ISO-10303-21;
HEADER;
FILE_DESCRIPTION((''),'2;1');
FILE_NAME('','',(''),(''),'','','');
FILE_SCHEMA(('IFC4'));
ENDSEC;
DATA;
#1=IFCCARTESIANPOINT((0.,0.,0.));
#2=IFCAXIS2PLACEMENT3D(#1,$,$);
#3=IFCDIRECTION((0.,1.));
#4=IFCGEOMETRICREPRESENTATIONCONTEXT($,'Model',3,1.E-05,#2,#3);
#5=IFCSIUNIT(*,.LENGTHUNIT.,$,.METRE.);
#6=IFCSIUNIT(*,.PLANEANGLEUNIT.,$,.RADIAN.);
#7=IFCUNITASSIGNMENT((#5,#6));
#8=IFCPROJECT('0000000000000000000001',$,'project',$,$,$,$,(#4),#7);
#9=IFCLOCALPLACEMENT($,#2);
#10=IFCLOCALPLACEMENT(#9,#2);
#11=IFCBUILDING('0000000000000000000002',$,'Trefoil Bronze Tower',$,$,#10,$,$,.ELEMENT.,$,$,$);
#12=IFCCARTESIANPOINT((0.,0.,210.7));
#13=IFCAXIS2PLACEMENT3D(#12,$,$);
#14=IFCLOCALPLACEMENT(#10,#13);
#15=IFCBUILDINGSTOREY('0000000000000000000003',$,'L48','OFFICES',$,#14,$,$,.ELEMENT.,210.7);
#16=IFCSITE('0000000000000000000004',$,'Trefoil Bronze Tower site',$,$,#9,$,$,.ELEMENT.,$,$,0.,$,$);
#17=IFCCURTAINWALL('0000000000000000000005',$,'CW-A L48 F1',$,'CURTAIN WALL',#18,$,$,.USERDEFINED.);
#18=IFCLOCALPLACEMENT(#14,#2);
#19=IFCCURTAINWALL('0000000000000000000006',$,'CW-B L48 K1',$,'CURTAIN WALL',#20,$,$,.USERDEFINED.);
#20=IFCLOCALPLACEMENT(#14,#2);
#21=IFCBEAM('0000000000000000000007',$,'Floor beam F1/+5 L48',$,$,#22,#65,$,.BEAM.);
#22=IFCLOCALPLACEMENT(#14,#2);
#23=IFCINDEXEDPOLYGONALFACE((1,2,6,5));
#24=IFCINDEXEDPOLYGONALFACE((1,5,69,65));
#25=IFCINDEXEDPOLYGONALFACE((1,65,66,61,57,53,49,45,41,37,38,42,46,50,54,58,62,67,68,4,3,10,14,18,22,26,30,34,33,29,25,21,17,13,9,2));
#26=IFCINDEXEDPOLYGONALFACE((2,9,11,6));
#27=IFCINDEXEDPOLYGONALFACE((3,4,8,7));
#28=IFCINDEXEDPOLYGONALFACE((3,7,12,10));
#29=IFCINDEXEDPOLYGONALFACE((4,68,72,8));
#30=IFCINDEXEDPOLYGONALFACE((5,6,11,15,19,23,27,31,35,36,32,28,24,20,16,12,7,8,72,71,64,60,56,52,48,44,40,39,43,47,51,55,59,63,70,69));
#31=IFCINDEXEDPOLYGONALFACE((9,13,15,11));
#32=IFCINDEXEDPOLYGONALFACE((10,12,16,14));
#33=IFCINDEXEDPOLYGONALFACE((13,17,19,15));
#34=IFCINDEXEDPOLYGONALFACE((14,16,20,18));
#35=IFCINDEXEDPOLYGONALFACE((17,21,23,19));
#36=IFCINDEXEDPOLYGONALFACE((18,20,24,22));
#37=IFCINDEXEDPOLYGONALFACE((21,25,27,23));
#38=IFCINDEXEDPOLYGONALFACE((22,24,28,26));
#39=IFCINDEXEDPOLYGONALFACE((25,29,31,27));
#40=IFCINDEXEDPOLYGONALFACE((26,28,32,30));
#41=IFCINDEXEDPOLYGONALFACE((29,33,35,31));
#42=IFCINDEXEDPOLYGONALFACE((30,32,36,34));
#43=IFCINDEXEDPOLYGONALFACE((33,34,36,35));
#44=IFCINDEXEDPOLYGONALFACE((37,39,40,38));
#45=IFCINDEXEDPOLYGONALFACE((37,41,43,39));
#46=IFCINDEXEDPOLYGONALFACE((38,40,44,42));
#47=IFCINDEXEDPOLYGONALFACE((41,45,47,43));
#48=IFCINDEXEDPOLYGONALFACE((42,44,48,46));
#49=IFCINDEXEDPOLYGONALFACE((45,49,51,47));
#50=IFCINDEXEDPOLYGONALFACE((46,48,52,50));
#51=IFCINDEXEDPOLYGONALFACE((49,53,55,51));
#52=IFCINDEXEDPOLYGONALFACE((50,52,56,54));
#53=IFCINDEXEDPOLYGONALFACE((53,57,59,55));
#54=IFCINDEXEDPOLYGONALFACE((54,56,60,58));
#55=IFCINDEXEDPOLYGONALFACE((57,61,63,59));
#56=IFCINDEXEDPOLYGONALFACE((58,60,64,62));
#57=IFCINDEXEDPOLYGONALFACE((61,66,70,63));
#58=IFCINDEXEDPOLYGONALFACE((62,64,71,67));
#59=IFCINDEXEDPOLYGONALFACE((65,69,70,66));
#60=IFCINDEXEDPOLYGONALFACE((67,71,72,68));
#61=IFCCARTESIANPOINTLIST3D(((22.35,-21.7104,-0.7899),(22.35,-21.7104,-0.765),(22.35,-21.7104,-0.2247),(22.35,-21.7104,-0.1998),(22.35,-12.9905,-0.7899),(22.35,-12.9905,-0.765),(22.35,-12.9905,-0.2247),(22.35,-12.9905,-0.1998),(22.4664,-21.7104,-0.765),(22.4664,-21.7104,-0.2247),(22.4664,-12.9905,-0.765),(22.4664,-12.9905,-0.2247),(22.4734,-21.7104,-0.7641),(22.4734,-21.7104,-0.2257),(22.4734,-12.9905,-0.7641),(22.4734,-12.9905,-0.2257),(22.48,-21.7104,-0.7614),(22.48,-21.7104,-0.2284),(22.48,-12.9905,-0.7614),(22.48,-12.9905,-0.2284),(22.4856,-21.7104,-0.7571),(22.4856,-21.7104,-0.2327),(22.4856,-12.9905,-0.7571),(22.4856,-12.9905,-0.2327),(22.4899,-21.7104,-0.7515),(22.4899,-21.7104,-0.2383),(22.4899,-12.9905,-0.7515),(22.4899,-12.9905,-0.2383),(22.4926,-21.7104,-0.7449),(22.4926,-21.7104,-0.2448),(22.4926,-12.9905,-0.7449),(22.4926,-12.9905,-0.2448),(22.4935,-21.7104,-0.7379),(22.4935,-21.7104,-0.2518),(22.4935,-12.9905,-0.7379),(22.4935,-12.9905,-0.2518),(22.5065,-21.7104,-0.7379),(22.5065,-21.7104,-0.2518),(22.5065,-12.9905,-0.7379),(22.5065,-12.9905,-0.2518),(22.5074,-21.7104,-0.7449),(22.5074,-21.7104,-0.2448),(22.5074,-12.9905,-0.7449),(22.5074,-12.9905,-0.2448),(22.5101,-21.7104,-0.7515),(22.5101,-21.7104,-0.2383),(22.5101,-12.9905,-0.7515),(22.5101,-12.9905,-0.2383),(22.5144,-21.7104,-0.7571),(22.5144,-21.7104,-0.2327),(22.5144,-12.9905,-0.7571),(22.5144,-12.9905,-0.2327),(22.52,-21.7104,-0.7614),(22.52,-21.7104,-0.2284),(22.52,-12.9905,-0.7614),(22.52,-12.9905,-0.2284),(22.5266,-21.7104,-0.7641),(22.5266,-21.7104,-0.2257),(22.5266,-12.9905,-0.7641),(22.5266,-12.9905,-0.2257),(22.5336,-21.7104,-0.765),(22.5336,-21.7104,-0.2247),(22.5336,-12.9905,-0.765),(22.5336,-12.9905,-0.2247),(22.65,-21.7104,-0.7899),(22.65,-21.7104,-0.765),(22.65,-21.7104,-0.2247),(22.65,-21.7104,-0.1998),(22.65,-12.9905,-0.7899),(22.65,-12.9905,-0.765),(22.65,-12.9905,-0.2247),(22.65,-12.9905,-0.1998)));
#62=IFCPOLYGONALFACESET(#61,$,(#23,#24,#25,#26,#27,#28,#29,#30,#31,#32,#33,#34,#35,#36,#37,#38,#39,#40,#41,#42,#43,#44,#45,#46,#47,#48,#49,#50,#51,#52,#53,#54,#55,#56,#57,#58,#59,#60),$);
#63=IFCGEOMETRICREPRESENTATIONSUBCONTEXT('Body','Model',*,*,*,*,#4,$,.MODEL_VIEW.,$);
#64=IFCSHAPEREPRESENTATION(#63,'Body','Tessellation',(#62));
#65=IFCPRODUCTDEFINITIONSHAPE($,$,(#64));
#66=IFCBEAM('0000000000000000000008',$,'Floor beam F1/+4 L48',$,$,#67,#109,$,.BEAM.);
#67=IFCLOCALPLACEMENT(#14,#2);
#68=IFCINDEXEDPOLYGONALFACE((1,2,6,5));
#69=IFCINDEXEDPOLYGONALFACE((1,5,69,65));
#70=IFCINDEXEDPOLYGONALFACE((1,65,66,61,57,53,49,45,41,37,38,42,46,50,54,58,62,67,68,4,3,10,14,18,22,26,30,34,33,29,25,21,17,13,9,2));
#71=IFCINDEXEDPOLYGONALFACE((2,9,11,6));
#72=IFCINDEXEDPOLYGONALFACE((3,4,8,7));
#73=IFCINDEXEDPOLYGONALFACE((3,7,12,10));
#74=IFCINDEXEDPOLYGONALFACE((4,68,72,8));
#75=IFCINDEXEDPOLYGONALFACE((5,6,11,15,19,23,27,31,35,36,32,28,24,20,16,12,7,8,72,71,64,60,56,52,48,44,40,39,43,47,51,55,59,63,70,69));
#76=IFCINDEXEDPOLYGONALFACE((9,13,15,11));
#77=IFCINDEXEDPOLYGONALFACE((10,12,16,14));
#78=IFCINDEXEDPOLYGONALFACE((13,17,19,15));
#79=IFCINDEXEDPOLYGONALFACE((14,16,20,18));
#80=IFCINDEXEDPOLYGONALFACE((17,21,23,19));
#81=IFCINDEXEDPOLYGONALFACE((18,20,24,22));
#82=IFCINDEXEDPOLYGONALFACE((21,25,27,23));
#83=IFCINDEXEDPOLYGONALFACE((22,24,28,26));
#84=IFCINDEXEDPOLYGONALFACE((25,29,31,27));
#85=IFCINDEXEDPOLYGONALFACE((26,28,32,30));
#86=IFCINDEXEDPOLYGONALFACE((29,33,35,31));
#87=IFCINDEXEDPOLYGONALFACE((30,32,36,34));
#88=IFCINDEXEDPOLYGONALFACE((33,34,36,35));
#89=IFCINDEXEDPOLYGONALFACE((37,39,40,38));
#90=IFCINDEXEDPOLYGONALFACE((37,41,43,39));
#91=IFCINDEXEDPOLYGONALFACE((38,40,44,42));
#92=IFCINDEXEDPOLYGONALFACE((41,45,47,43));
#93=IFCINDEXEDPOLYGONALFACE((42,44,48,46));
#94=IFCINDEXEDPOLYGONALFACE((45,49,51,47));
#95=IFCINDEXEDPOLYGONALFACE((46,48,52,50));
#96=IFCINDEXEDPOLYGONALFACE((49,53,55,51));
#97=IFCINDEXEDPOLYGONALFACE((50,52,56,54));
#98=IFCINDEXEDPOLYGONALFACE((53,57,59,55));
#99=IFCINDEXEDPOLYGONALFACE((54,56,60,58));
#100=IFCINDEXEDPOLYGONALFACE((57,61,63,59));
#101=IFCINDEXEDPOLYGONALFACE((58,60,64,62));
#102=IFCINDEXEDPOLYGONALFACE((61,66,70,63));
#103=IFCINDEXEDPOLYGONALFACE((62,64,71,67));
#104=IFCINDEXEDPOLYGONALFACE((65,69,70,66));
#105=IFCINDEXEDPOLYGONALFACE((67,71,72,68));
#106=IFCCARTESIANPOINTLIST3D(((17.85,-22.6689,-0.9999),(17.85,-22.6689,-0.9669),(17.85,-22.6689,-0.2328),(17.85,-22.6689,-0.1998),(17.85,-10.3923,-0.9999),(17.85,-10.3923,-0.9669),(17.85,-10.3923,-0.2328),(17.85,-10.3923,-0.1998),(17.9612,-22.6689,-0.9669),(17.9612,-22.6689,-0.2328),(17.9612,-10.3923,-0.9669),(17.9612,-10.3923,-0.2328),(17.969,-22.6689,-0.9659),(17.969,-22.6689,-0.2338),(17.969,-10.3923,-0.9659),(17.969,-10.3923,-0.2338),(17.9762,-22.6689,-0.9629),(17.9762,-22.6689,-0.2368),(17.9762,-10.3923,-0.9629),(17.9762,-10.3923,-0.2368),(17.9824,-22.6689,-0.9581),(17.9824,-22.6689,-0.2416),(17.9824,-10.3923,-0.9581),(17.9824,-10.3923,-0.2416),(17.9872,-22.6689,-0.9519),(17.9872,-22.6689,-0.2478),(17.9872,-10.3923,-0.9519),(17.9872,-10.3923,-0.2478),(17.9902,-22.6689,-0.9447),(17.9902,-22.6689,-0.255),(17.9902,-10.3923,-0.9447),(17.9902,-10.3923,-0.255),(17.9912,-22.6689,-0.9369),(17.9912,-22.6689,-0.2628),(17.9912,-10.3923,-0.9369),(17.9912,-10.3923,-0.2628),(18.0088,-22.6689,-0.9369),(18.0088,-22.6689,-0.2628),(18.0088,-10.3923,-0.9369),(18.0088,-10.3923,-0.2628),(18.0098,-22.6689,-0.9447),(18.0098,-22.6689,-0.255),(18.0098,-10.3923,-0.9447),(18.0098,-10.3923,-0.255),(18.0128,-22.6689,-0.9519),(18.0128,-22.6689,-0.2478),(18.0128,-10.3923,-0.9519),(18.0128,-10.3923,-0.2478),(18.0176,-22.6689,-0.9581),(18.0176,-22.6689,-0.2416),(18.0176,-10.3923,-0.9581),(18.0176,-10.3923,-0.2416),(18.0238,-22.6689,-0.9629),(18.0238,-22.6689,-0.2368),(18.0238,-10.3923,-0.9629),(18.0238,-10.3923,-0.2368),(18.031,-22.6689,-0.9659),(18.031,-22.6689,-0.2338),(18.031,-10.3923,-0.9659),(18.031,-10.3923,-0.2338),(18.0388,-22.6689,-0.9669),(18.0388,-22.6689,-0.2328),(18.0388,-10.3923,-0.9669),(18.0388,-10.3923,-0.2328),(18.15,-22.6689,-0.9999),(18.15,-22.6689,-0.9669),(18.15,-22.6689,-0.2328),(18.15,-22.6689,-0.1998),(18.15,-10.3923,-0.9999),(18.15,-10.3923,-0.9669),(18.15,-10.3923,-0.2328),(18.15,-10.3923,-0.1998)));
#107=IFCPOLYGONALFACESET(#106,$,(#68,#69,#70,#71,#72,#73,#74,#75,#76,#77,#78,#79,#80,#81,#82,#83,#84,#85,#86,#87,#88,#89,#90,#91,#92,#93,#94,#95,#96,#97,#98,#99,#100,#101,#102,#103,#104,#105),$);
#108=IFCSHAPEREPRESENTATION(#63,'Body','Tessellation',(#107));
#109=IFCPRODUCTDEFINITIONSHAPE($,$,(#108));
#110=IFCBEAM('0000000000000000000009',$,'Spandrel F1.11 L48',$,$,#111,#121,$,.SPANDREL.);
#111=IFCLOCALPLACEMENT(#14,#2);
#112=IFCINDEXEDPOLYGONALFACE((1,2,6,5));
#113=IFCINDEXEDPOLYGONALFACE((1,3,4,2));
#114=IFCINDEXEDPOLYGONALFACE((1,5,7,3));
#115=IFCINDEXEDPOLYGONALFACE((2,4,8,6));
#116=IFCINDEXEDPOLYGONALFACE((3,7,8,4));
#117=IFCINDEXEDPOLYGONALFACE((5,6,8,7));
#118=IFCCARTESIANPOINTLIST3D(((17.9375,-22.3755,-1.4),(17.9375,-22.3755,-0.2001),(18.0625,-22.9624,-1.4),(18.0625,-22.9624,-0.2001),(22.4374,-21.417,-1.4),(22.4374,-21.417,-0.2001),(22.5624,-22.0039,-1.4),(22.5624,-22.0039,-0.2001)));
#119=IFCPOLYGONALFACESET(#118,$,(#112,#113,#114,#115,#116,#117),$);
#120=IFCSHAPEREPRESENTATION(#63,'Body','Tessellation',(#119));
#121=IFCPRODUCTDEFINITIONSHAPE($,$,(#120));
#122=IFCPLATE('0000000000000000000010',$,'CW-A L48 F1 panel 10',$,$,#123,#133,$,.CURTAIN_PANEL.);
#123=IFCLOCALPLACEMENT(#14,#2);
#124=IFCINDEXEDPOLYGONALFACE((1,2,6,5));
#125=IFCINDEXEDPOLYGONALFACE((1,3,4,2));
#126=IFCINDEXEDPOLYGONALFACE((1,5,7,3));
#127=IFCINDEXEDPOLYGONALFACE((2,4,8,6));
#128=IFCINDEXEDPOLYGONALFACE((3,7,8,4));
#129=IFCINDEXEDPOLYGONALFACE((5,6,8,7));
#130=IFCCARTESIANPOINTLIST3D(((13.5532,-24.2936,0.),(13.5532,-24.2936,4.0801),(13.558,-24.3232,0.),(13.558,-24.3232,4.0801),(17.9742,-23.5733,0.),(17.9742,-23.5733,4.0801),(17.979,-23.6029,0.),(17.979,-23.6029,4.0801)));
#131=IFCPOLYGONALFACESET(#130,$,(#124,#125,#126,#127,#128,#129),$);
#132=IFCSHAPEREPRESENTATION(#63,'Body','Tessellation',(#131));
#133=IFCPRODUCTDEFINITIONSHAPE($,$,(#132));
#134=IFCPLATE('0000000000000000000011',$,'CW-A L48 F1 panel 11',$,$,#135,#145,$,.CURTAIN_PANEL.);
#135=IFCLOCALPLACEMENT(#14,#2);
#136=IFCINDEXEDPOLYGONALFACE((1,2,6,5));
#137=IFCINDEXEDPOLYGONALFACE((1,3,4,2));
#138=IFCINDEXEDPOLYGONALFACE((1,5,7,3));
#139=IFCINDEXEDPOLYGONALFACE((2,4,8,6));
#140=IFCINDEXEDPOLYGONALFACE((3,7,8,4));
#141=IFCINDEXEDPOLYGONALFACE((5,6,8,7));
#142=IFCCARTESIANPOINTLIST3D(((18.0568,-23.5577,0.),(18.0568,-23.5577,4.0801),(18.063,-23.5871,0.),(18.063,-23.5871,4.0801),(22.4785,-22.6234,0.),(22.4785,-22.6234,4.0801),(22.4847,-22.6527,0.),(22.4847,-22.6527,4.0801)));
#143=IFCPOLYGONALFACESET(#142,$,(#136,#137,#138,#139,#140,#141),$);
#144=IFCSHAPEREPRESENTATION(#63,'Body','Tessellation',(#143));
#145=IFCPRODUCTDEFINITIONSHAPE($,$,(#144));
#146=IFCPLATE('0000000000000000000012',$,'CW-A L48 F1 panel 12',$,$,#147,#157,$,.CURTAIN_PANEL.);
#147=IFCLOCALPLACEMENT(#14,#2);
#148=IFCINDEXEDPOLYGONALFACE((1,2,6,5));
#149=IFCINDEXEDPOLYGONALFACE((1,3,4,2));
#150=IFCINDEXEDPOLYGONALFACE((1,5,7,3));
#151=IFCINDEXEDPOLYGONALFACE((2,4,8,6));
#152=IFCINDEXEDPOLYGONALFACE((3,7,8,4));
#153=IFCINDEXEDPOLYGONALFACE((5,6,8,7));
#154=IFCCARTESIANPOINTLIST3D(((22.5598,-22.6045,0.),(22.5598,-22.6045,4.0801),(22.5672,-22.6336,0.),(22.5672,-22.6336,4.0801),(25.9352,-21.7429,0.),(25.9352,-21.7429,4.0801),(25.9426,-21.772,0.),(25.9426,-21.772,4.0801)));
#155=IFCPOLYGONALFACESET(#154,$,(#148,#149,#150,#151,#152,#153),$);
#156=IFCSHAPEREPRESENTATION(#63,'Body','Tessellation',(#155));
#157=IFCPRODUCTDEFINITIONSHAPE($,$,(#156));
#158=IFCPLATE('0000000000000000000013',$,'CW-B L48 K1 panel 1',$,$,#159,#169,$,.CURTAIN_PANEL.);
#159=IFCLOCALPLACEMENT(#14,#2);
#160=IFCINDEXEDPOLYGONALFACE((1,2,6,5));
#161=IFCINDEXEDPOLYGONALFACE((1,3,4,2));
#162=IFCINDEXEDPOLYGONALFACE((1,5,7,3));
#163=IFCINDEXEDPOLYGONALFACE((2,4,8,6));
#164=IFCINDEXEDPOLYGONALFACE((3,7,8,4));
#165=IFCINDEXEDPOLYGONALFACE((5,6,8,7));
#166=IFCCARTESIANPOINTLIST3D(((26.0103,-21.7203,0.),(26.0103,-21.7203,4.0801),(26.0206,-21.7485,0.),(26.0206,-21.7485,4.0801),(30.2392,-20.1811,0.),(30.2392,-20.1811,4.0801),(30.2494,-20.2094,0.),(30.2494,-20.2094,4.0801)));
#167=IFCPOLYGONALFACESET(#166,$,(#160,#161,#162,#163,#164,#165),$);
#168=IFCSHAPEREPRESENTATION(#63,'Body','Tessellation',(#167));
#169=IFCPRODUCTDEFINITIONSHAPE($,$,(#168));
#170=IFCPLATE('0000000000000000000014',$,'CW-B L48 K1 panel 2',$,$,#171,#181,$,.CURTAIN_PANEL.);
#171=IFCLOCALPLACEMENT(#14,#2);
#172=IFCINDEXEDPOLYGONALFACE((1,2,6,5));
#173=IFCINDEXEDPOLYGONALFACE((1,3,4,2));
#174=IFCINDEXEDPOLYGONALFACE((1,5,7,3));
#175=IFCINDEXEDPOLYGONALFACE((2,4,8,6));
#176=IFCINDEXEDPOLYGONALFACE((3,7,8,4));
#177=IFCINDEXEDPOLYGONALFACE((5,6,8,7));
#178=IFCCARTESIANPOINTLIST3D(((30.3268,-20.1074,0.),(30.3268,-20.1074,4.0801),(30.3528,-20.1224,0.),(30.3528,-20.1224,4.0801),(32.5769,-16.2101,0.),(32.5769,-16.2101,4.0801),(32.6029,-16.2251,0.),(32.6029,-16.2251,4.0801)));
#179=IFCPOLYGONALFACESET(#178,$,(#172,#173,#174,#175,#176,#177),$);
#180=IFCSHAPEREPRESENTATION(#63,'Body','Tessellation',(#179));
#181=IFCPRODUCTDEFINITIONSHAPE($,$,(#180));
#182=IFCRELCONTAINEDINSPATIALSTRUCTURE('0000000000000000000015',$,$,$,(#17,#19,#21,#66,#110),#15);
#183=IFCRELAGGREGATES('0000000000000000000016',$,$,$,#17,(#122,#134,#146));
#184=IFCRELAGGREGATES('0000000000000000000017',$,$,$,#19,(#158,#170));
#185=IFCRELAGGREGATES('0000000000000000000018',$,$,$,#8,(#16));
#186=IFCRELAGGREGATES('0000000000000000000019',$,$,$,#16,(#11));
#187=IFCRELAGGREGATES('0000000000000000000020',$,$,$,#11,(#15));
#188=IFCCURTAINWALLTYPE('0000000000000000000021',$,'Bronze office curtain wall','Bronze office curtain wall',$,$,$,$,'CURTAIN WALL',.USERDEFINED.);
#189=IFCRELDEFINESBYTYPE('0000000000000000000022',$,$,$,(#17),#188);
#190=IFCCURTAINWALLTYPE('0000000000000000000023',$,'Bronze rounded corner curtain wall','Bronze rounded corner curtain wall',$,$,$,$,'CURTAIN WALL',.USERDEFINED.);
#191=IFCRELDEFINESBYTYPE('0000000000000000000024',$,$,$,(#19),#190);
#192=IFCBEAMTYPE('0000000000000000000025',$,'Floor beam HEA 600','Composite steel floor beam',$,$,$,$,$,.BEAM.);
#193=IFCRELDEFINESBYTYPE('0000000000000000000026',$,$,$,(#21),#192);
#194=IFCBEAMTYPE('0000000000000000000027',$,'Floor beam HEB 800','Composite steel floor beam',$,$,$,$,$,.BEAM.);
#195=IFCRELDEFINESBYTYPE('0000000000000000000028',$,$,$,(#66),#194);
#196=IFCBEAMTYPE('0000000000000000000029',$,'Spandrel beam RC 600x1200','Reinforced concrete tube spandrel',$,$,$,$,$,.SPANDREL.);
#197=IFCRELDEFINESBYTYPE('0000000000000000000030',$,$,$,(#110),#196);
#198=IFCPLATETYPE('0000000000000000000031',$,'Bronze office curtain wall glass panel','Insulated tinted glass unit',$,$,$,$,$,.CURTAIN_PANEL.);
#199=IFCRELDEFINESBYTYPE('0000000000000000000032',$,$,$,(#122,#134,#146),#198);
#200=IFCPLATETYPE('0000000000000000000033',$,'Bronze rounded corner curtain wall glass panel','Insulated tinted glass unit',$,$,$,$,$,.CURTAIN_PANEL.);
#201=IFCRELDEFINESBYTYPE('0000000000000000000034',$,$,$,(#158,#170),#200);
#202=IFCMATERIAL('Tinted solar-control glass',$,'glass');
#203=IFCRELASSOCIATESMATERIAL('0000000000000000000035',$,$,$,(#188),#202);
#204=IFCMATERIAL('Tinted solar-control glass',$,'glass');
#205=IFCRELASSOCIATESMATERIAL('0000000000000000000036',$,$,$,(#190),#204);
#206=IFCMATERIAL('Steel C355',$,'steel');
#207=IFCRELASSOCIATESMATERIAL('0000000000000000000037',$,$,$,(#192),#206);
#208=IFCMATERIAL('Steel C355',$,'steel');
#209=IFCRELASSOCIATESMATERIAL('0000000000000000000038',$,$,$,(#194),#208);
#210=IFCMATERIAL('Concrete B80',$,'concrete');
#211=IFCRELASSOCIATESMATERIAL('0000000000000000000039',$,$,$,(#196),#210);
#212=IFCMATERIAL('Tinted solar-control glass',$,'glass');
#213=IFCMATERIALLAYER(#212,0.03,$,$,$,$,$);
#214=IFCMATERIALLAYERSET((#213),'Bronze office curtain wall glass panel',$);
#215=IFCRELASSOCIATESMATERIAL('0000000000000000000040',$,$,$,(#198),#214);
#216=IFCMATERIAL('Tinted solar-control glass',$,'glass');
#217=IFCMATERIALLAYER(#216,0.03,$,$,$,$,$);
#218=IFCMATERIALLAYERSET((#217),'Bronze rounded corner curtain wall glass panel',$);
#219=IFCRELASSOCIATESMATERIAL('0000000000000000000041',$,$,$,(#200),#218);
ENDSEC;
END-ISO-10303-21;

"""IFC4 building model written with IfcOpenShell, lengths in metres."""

from ifc_helpers import new_model, si_unit, direction, frame, origin, origin_2d, place, context, subcontext, project, spatial, rectangle, i_section, extrude, material, layer, layer_set, material_profile, profile_set, type_object, element, aggregate, save


model = new_model("IFC4")

# Units and contexts
model_context = context("Model", 3, precision=1e-05, world=origin(), true_north=direction((0.0, 1.0)))
body_context = subcontext(model_context, "Body", "Model", "MODEL_VIEW")
ifc_project = project(units=[si_unit("LENGTHUNIT", "METRE"), si_unit("PLANEANGLEUNIT", "RADIAN")], contexts=[model_context])

# Site, building, storey
site_placement = place(None, origin())
site = spatial("IfcSite", under=ifc_project, at=site_placement, Name="Trefoil Bronze Tower site", CompositionType="ELEMENT", RefElevation=0.0)
building_placement = place(site_placement, origin())
building = spatial("IfcBuilding", under=site, at=building_placement, Name="Trefoil Bronze Tower", CompositionType="ELEMENT")
storey_placement = place(building_placement, frame((0.0, 0.0, 210.7)))
storey = spatial("IfcBuildingStorey", under=building, at=storey_placement, Name="L48", Description="OFFICES", CompositionType="ELEMENT", Elevation=210.7)

# Curtain walls
ifc_material_1 = material(Name="Tinted solar-control glass", Category="glass")
curtain_wall_type_1 = type_object("IfcCurtainWallType", Name="Bronze office curtain wall", Description="Bronze office curtain wall", ElementType="CURTAIN WALL", PredefinedType="USERDEFINED", material=ifc_material_1)
curtain_wall_1_placement = place(storey_placement, origin())
curtain_wall_1 = element("IfcCurtainWall", 1, at=curtain_wall_1_placement, inside=storey, type_object=curtain_wall_type_1, Name="CW-A L48 F1", ObjectType="CURTAIN WALL", PredefinedType="USERDEFINED")
ifc_material_2 = material(Name="Tinted solar-control glass", Category="glass")
curtain_wall_type_2 = type_object("IfcCurtainWallType", Name="Bronze rounded corner curtain wall", Description="Bronze rounded corner curtain wall", ElementType="CURTAIN WALL", PredefinedType="USERDEFINED", material=ifc_material_2)
curtain_wall_2_placement = place(storey_placement, origin())
curtain_wall_2 = element("IfcCurtainWall", 2, at=curtain_wall_2_placement, inside=storey, type_object=curtain_wall_type_2, Name="CW-B L48 K1", ObjectType="CURTAIN WALL", PredefinedType="USERDEFINED")

# Beams
ifc_material_3 = material(Name="Steel C355", Category="steel")
ifc_material_profile_1 = material_profile(ifc_material_3, i_section(OverallWidth=0.3, OverallDepth=0.5901, WebThickness=0.0129, FlangeThickness=0.0249, FilletRadius=0.0271, at=origin_2d()), Name="HEA 600")
ifc_profile_set_1 = profile_set([ifc_material_profile_1], Name="Steel C355")
beam_type_1 = type_object("IfcBeamType", Name="Floor beam HEA 600", Description="Composite steel floor beam", PredefinedType="BEAM", material=ifc_profile_set_1)
beam_1_placement = place(storey_placement, frame((22.5, -21.7104, -0.4949), z_axis=(0.0, 1.0, 0.0), x_axis=(-1.0, 0.0, 0.0)))
element("IfcBeam", 3, at=beam_1_placement, inside=storey, type_object=beam_type_1, Name="Floor beam F1/+5 L48", PredefinedType="BEAM", context=body_context, shape_type="SweptSolid", body=[
    extrude(i_section(OverallWidth=0.3, OverallDepth=0.5901, WebThickness=0.0129, FlangeThickness=0.0249, FilletRadius=0.0271, at=origin_2d()), origin(), (0.0, 0.0, 1.0), 8.72),
])
ifc_material_4 = material(Name="Steel C355", Category="steel")
ifc_material_profile_2 = material_profile(ifc_material_4, i_section(OverallWidth=0.3, OverallDepth=0.8, WebThickness=0.0176, FlangeThickness=0.033, FilletRadius=0.03, at=origin_2d()), Name="HEB 800")
ifc_profile_set_2 = profile_set([ifc_material_profile_2], Name="Steel C355")
beam_type_2 = type_object("IfcBeamType", Name="Floor beam HEB 800", Description="Composite steel floor beam", PredefinedType="BEAM", material=ifc_profile_set_2)
beam_2_placement = place(storey_placement, frame((18.0, -22.6689, -0.5999), z_axis=(0.0, 1.0, 0.0), x_axis=(-1.0, 0.0, 0.0)))
element("IfcBeam", 4, at=beam_2_placement, inside=storey, type_object=beam_type_2, Name="Floor beam F1/+4 L48", PredefinedType="BEAM", context=body_context, shape_type="SweptSolid", body=[
    extrude(i_section(OverallWidth=0.3, OverallDepth=0.8, WebThickness=0.0176, FlangeThickness=0.033, FilletRadius=0.03, at=origin_2d()), origin(), (0.0, 0.0, 1.0), 12.2766),
])
ifc_material_5 = material(Name="Concrete B80", Category="concrete")
ifc_material_profile_3 = material_profile(ifc_material_5, rectangle(XDim=0.6001, YDim=1.2, at=origin_2d()), Name="RC 600x1200")
ifc_profile_set_3 = profile_set([ifc_material_profile_3], Name="Concrete B80")
beam_type_3 = type_object("IfcBeamType", Name="Spandrel beam RC 600x1200", Description="Reinforced concrete tube spandrel", PredefinedType="SPANDREL", material=ifc_profile_set_3)
beam_3_placement = place(storey_placement, frame((18.0, -22.6689, -0.8), z_axis=(0.978059, 0.208326, 0.0), x_axis=(-0.208326, 0.978059, 0.0)))
element("IfcBeam", 5, at=beam_3_placement, inside=storey, type_object=beam_type_3, Name="Spandrel F1.11 L48", PredefinedType="SPANDREL", context=body_context, shape_type="SweptSolid", body=[
    extrude(rectangle(XDim=0.6001, YDim=1.2, at=origin_2d()), origin(), (0.0, 0.0, 1.0), 4.6008),
])

# Plates
ifc_material_6 = material(Name="Tinted solar-control glass", Category="glass")
ifc_layer_1 = layer(ifc_material_6, 0.03)
ifc_layer_set_1 = layer_set([ifc_layer_1], Name="Bronze office curtain wall glass panel")
plate_type_1 = type_object("IfcPlateType", Name="Bronze office curtain wall glass panel", Description="Insulated tinted glass unit", PredefinedType="CURTAIN_PANEL", material=ifc_layer_set_1)
plate_1_placement = place(storey_placement, frame((15.7661, -23.9482, 0.0), z_axis=(0.0, 0.0, 1.0), x_axis=(0.986987, 0.160803, 0.0)))
plate_1 = element("IfcPlate", 6, at=plate_1_placement, type_object=plate_type_1, Name="CW-A L48 F1 panel 10", PredefinedType="CURTAIN_PANEL", context=body_context, shape_type="SweptSolid", body=[
    extrude(rectangle(XDim=4.4792, YDim=0.03, at=origin_2d()), origin(), (0.0, 0.0, 1.0), 4.0801),
])
plate_2_placement = place(storey_placement, frame((20.2708, -23.1052, 0.0), z_axis=(0.0, 0.0, 1.0), x_axis=(0.978394, 0.206747, 0.0)))
plate_2 = element("IfcPlate", 7, at=plate_2_placement, type_object=plate_type_1, Name="CW-A L48 F1 panel 11", PredefinedType="CURTAIN_PANEL", context=body_context, shape_type="SweptSolid", body=[
    extrude(rectangle(XDim=4.5193, YDim=0.03, at=origin_2d()), origin(), (0.0, 0.0, 1.0), 4.0801),
])
plate_3_placement = place(storey_placement, frame((24.2512, -22.1882, 0.0), z_axis=(0.0, 0.0, 1.0), x_axis=(0.968934, 0.247319, 0.0)))
plate_3 = element("IfcPlate", 8, at=plate_3_placement, type_object=plate_type_1, Name="CW-A L48 F1 panel 12", PredefinedType="CURTAIN_PANEL", context=body_context, shape_type="SweptSolid", body=[
    extrude(rectangle(XDim=3.4836, YDim=0.03, at=origin_2d()), origin(), (0.0, 0.0, 1.0), 4.0801),
])
aggregate(curtain_wall_1, [plate_1, plate_2, plate_3])
ifc_material_7 = material(Name="Tinted solar-control glass", Category="glass")
ifc_layer_2 = layer(ifc_material_7, 0.03)
ifc_layer_set_2 = layer_set([ifc_layer_2], Name="Bronze rounded corner curtain wall glass panel")
plate_type_2 = type_object("IfcPlateType", Name="Bronze rounded corner curtain wall glass panel", Description="Insulated tinted glass unit", PredefinedType="CURTAIN_PANEL", material=ifc_layer_set_2)
plate_4_placement = place(storey_placement, frame((28.1299, -20.9648, 0.0), z_axis=(0.0, 0.0, 1.0), x_axis=(0.939693, 0.34202, 0.0)))
plate_4 = element("IfcPlate", 9, at=plate_4_placement, type_object=plate_type_2, Name="CW-B L48 K1 panel 1", PredefinedType="CURTAIN_PANEL", context=body_context, shape_type="SweptSolid", body=[
    extrude(rectangle(XDim=4.5002, YDim=0.03, at=origin_2d()), origin(), (0.0, 0.0, 1.0), 4.0801),
])
plate_5_placement = place(storey_placement, frame((31.4648, -18.1663, 0.0), z_axis=(0.0, 0.0, 1.0), x_axis=(0.5, 0.866025, 0.0)))
plate_5 = element("IfcPlate", 10, at=plate_5_placement, type_object=plate_type_2, Name="CW-B L48 K1 panel 2", PredefinedType="CURTAIN_PANEL", context=body_context, shape_type="SweptSolid", body=[
    extrude(rectangle(XDim=4.5002, YDim=0.03, at=origin_2d()), origin(), (0.0, 0.0, 1.0), 4.0801),
])
aggregate(curtain_wall_2, [plate_4, plate_5])

save(model, "model.ifc")
